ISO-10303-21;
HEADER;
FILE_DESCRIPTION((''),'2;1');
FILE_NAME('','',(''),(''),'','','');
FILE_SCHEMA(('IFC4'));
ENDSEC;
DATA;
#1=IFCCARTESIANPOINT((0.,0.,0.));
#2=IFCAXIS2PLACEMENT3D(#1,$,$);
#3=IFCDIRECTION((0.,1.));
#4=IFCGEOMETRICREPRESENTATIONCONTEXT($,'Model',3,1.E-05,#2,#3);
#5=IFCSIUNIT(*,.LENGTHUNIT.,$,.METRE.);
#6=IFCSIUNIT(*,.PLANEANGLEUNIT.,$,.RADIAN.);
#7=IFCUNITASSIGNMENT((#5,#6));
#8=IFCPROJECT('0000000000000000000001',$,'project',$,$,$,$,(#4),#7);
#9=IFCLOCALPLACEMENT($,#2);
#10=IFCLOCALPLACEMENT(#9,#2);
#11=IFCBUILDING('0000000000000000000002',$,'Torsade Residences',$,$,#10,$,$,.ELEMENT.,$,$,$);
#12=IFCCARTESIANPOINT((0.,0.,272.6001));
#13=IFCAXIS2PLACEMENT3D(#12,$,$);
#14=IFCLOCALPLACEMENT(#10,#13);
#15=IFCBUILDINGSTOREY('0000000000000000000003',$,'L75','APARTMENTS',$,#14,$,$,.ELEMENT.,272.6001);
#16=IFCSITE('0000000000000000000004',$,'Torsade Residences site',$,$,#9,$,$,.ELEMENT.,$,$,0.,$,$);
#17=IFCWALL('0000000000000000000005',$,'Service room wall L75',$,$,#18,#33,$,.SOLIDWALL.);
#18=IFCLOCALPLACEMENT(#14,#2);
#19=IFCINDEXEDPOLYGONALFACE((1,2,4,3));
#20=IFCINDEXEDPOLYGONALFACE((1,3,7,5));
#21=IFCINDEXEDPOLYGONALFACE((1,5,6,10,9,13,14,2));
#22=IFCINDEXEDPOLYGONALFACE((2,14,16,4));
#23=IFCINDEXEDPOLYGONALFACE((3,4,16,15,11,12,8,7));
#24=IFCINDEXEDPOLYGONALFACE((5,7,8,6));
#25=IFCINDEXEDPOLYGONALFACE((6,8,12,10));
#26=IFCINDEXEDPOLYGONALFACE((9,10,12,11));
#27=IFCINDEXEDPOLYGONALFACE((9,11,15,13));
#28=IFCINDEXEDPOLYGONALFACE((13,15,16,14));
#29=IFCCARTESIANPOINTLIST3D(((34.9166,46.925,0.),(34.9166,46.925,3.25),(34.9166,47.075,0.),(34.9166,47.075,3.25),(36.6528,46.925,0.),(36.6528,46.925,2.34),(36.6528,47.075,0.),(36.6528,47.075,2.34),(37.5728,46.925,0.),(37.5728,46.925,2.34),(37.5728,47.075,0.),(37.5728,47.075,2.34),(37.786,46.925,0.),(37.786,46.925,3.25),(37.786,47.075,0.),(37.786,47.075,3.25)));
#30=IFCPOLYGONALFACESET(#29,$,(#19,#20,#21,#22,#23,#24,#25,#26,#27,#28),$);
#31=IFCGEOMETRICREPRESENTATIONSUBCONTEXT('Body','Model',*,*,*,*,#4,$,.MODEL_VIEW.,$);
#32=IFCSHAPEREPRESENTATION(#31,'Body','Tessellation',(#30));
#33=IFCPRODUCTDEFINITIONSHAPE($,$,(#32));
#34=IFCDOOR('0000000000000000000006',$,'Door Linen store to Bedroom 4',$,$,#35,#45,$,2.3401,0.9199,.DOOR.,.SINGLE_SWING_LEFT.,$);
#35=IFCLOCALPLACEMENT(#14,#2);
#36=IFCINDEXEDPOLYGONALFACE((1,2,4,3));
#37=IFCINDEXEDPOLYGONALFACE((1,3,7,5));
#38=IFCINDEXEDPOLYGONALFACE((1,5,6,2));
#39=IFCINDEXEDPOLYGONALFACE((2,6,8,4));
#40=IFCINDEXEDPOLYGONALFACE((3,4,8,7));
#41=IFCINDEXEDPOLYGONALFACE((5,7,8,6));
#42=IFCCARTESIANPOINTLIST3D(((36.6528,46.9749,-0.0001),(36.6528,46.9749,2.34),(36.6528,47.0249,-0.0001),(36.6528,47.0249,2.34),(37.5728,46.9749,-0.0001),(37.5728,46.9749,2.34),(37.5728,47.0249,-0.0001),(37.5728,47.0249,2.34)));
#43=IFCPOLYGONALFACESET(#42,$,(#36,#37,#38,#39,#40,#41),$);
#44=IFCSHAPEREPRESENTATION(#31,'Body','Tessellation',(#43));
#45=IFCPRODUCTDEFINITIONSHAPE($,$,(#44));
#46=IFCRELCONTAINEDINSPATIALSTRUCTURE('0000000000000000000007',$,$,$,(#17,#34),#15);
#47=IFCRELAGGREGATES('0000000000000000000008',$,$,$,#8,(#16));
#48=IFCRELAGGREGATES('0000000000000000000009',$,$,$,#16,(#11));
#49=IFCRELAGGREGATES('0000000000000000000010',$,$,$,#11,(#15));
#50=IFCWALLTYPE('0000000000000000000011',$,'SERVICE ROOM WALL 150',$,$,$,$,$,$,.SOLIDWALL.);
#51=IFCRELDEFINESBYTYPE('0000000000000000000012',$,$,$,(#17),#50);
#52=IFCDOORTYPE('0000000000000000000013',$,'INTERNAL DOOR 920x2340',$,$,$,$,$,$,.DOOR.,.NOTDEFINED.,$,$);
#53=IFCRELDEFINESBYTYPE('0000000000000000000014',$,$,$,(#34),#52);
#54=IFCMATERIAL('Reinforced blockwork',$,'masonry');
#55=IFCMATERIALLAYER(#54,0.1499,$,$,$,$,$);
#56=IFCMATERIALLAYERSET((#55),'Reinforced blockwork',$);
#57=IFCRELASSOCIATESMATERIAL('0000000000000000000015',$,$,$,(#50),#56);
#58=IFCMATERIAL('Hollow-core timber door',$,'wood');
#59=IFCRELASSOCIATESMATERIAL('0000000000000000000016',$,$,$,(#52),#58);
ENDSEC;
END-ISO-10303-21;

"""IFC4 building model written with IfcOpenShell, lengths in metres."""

from ifc_helpers import new_model, si_unit, direction, frame, frame_2d, origin, place, context, subcontext, project, spatial, rectangle, extrude, material, layer, layer_set, type_object, element, fill, save


model = new_model("IFC4")

# Units and contexts
model_context = context("Model", 3, precision=1e-05, world=origin(), true_north=direction((0.0, 1.0)))
body_context = subcontext(model_context, "Body", "Model", "MODEL_VIEW")
ifc_project = project(units=[si_unit("LENGTHUNIT", "METRE"), si_unit("PLANEANGLEUNIT", "RADIAN")], contexts=[model_context])

# Site, building, storey
site_placement = place(None, origin())
site = spatial("IfcSite", under=ifc_project, at=site_placement, Name="Torsade Residences site", CompositionType="ELEMENT", RefElevation=0.0)
building_placement = place(site_placement, origin())
building = spatial("IfcBuilding", under=site, at=building_placement, Name="Torsade Residences", CompositionType="ELEMENT")
storey_placement = place(building_placement, frame((0.0, 0.0, 272.6001)))
storey = spatial("IfcBuildingStorey", under=building, at=storey_placement, Name="L75", Description="APARTMENTS", CompositionType="ELEMENT", Elevation=272.6001)

# Shared definitions
ifc_material_1 = material(Name="Reinforced blockwork", Category="masonry")
ifc_layer_1 = layer(ifc_material_1, 0.1499)
ifc_layer_set_1 = layer_set([ifc_layer_1], Name="Reinforced blockwork")
wall_type_1 = type_object("IfcWallType", Name="SERVICE ROOM WALL 150", PredefinedType="SOLIDWALL", material=ifc_layer_set_1)

# Wall, opening, door
wall_1_placement = place(storey_placement, frame((34.9167, 47.0, 0.0), z_axis=(0.0, 0.0, 1.0), x_axis=(1.0, 0.0, 0.0)))
wall_1 = element("IfcWall", 1, at=wall_1_placement, inside=storey, type_object=wall_type_1, Name="Service room wall L75", PredefinedType="SOLIDWALL", context=body_context, shape_type="SweptSolid", body=[
    extrude(rectangle(XDim=2.8694, YDim=0.1499, at=frame_2d((1.4346, 0.0))), origin(), (0.0, 0.0, 1.0), 3.25),
])
opening_1_placement = place(wall_1_placement, frame((1.7361, 0.0, 0.0)))
opening_1 = element("IfcOpeningElement", 2, at=opening_1_placement, cuts=wall_1, PredefinedType="OPENING", context=body_context, shape_type="SweptSolid", body=[
    extrude(rectangle(XDim=0.9199, YDim=2.3401, at=frame_2d((0.46, 1.1699))), frame((0.0, 0.085, 0.0), z_axis=(0.0, -1.0, 0.0), x_axis=(1.0, 0.0, 0.0)), (0.0, 0.0, 1.0), 0.1699),
])
ifc_material_2 = material(Name="Hollow-core timber door", Category="wood")
door_type_1 = type_object("IfcDoorType", Name="INTERNAL DOOR 920x2340", OperationType="NOTDEFINED", PredefinedType="DOOR", material=ifc_material_2)
door_1_placement = place(opening_1_placement, origin())
door_1 = element("IfcDoor", 3, at=door_1_placement, inside=storey, type_object=door_type_1, Name="Door Linen store to Bedroom 4", OperationType="SINGLE_SWING_LEFT", OverallHeight=2.3401, OverallWidth=0.9199, PredefinedType="DOOR", context=body_context, shape_type="SweptSolid", body=[
    extrude(rectangle(XDim=0.9199, YDim=2.3401, at=frame_2d((0.46, 1.1699))), frame((0.0, 0.0249, 0.0), z_axis=(0.0, -1.0, 0.0), x_axis=(1.0, 0.0, 0.0)), (0.0, 0.0, 1.0), 0.05),
])
fill(opening_1, door_1)

save(model, "model.ifc")
